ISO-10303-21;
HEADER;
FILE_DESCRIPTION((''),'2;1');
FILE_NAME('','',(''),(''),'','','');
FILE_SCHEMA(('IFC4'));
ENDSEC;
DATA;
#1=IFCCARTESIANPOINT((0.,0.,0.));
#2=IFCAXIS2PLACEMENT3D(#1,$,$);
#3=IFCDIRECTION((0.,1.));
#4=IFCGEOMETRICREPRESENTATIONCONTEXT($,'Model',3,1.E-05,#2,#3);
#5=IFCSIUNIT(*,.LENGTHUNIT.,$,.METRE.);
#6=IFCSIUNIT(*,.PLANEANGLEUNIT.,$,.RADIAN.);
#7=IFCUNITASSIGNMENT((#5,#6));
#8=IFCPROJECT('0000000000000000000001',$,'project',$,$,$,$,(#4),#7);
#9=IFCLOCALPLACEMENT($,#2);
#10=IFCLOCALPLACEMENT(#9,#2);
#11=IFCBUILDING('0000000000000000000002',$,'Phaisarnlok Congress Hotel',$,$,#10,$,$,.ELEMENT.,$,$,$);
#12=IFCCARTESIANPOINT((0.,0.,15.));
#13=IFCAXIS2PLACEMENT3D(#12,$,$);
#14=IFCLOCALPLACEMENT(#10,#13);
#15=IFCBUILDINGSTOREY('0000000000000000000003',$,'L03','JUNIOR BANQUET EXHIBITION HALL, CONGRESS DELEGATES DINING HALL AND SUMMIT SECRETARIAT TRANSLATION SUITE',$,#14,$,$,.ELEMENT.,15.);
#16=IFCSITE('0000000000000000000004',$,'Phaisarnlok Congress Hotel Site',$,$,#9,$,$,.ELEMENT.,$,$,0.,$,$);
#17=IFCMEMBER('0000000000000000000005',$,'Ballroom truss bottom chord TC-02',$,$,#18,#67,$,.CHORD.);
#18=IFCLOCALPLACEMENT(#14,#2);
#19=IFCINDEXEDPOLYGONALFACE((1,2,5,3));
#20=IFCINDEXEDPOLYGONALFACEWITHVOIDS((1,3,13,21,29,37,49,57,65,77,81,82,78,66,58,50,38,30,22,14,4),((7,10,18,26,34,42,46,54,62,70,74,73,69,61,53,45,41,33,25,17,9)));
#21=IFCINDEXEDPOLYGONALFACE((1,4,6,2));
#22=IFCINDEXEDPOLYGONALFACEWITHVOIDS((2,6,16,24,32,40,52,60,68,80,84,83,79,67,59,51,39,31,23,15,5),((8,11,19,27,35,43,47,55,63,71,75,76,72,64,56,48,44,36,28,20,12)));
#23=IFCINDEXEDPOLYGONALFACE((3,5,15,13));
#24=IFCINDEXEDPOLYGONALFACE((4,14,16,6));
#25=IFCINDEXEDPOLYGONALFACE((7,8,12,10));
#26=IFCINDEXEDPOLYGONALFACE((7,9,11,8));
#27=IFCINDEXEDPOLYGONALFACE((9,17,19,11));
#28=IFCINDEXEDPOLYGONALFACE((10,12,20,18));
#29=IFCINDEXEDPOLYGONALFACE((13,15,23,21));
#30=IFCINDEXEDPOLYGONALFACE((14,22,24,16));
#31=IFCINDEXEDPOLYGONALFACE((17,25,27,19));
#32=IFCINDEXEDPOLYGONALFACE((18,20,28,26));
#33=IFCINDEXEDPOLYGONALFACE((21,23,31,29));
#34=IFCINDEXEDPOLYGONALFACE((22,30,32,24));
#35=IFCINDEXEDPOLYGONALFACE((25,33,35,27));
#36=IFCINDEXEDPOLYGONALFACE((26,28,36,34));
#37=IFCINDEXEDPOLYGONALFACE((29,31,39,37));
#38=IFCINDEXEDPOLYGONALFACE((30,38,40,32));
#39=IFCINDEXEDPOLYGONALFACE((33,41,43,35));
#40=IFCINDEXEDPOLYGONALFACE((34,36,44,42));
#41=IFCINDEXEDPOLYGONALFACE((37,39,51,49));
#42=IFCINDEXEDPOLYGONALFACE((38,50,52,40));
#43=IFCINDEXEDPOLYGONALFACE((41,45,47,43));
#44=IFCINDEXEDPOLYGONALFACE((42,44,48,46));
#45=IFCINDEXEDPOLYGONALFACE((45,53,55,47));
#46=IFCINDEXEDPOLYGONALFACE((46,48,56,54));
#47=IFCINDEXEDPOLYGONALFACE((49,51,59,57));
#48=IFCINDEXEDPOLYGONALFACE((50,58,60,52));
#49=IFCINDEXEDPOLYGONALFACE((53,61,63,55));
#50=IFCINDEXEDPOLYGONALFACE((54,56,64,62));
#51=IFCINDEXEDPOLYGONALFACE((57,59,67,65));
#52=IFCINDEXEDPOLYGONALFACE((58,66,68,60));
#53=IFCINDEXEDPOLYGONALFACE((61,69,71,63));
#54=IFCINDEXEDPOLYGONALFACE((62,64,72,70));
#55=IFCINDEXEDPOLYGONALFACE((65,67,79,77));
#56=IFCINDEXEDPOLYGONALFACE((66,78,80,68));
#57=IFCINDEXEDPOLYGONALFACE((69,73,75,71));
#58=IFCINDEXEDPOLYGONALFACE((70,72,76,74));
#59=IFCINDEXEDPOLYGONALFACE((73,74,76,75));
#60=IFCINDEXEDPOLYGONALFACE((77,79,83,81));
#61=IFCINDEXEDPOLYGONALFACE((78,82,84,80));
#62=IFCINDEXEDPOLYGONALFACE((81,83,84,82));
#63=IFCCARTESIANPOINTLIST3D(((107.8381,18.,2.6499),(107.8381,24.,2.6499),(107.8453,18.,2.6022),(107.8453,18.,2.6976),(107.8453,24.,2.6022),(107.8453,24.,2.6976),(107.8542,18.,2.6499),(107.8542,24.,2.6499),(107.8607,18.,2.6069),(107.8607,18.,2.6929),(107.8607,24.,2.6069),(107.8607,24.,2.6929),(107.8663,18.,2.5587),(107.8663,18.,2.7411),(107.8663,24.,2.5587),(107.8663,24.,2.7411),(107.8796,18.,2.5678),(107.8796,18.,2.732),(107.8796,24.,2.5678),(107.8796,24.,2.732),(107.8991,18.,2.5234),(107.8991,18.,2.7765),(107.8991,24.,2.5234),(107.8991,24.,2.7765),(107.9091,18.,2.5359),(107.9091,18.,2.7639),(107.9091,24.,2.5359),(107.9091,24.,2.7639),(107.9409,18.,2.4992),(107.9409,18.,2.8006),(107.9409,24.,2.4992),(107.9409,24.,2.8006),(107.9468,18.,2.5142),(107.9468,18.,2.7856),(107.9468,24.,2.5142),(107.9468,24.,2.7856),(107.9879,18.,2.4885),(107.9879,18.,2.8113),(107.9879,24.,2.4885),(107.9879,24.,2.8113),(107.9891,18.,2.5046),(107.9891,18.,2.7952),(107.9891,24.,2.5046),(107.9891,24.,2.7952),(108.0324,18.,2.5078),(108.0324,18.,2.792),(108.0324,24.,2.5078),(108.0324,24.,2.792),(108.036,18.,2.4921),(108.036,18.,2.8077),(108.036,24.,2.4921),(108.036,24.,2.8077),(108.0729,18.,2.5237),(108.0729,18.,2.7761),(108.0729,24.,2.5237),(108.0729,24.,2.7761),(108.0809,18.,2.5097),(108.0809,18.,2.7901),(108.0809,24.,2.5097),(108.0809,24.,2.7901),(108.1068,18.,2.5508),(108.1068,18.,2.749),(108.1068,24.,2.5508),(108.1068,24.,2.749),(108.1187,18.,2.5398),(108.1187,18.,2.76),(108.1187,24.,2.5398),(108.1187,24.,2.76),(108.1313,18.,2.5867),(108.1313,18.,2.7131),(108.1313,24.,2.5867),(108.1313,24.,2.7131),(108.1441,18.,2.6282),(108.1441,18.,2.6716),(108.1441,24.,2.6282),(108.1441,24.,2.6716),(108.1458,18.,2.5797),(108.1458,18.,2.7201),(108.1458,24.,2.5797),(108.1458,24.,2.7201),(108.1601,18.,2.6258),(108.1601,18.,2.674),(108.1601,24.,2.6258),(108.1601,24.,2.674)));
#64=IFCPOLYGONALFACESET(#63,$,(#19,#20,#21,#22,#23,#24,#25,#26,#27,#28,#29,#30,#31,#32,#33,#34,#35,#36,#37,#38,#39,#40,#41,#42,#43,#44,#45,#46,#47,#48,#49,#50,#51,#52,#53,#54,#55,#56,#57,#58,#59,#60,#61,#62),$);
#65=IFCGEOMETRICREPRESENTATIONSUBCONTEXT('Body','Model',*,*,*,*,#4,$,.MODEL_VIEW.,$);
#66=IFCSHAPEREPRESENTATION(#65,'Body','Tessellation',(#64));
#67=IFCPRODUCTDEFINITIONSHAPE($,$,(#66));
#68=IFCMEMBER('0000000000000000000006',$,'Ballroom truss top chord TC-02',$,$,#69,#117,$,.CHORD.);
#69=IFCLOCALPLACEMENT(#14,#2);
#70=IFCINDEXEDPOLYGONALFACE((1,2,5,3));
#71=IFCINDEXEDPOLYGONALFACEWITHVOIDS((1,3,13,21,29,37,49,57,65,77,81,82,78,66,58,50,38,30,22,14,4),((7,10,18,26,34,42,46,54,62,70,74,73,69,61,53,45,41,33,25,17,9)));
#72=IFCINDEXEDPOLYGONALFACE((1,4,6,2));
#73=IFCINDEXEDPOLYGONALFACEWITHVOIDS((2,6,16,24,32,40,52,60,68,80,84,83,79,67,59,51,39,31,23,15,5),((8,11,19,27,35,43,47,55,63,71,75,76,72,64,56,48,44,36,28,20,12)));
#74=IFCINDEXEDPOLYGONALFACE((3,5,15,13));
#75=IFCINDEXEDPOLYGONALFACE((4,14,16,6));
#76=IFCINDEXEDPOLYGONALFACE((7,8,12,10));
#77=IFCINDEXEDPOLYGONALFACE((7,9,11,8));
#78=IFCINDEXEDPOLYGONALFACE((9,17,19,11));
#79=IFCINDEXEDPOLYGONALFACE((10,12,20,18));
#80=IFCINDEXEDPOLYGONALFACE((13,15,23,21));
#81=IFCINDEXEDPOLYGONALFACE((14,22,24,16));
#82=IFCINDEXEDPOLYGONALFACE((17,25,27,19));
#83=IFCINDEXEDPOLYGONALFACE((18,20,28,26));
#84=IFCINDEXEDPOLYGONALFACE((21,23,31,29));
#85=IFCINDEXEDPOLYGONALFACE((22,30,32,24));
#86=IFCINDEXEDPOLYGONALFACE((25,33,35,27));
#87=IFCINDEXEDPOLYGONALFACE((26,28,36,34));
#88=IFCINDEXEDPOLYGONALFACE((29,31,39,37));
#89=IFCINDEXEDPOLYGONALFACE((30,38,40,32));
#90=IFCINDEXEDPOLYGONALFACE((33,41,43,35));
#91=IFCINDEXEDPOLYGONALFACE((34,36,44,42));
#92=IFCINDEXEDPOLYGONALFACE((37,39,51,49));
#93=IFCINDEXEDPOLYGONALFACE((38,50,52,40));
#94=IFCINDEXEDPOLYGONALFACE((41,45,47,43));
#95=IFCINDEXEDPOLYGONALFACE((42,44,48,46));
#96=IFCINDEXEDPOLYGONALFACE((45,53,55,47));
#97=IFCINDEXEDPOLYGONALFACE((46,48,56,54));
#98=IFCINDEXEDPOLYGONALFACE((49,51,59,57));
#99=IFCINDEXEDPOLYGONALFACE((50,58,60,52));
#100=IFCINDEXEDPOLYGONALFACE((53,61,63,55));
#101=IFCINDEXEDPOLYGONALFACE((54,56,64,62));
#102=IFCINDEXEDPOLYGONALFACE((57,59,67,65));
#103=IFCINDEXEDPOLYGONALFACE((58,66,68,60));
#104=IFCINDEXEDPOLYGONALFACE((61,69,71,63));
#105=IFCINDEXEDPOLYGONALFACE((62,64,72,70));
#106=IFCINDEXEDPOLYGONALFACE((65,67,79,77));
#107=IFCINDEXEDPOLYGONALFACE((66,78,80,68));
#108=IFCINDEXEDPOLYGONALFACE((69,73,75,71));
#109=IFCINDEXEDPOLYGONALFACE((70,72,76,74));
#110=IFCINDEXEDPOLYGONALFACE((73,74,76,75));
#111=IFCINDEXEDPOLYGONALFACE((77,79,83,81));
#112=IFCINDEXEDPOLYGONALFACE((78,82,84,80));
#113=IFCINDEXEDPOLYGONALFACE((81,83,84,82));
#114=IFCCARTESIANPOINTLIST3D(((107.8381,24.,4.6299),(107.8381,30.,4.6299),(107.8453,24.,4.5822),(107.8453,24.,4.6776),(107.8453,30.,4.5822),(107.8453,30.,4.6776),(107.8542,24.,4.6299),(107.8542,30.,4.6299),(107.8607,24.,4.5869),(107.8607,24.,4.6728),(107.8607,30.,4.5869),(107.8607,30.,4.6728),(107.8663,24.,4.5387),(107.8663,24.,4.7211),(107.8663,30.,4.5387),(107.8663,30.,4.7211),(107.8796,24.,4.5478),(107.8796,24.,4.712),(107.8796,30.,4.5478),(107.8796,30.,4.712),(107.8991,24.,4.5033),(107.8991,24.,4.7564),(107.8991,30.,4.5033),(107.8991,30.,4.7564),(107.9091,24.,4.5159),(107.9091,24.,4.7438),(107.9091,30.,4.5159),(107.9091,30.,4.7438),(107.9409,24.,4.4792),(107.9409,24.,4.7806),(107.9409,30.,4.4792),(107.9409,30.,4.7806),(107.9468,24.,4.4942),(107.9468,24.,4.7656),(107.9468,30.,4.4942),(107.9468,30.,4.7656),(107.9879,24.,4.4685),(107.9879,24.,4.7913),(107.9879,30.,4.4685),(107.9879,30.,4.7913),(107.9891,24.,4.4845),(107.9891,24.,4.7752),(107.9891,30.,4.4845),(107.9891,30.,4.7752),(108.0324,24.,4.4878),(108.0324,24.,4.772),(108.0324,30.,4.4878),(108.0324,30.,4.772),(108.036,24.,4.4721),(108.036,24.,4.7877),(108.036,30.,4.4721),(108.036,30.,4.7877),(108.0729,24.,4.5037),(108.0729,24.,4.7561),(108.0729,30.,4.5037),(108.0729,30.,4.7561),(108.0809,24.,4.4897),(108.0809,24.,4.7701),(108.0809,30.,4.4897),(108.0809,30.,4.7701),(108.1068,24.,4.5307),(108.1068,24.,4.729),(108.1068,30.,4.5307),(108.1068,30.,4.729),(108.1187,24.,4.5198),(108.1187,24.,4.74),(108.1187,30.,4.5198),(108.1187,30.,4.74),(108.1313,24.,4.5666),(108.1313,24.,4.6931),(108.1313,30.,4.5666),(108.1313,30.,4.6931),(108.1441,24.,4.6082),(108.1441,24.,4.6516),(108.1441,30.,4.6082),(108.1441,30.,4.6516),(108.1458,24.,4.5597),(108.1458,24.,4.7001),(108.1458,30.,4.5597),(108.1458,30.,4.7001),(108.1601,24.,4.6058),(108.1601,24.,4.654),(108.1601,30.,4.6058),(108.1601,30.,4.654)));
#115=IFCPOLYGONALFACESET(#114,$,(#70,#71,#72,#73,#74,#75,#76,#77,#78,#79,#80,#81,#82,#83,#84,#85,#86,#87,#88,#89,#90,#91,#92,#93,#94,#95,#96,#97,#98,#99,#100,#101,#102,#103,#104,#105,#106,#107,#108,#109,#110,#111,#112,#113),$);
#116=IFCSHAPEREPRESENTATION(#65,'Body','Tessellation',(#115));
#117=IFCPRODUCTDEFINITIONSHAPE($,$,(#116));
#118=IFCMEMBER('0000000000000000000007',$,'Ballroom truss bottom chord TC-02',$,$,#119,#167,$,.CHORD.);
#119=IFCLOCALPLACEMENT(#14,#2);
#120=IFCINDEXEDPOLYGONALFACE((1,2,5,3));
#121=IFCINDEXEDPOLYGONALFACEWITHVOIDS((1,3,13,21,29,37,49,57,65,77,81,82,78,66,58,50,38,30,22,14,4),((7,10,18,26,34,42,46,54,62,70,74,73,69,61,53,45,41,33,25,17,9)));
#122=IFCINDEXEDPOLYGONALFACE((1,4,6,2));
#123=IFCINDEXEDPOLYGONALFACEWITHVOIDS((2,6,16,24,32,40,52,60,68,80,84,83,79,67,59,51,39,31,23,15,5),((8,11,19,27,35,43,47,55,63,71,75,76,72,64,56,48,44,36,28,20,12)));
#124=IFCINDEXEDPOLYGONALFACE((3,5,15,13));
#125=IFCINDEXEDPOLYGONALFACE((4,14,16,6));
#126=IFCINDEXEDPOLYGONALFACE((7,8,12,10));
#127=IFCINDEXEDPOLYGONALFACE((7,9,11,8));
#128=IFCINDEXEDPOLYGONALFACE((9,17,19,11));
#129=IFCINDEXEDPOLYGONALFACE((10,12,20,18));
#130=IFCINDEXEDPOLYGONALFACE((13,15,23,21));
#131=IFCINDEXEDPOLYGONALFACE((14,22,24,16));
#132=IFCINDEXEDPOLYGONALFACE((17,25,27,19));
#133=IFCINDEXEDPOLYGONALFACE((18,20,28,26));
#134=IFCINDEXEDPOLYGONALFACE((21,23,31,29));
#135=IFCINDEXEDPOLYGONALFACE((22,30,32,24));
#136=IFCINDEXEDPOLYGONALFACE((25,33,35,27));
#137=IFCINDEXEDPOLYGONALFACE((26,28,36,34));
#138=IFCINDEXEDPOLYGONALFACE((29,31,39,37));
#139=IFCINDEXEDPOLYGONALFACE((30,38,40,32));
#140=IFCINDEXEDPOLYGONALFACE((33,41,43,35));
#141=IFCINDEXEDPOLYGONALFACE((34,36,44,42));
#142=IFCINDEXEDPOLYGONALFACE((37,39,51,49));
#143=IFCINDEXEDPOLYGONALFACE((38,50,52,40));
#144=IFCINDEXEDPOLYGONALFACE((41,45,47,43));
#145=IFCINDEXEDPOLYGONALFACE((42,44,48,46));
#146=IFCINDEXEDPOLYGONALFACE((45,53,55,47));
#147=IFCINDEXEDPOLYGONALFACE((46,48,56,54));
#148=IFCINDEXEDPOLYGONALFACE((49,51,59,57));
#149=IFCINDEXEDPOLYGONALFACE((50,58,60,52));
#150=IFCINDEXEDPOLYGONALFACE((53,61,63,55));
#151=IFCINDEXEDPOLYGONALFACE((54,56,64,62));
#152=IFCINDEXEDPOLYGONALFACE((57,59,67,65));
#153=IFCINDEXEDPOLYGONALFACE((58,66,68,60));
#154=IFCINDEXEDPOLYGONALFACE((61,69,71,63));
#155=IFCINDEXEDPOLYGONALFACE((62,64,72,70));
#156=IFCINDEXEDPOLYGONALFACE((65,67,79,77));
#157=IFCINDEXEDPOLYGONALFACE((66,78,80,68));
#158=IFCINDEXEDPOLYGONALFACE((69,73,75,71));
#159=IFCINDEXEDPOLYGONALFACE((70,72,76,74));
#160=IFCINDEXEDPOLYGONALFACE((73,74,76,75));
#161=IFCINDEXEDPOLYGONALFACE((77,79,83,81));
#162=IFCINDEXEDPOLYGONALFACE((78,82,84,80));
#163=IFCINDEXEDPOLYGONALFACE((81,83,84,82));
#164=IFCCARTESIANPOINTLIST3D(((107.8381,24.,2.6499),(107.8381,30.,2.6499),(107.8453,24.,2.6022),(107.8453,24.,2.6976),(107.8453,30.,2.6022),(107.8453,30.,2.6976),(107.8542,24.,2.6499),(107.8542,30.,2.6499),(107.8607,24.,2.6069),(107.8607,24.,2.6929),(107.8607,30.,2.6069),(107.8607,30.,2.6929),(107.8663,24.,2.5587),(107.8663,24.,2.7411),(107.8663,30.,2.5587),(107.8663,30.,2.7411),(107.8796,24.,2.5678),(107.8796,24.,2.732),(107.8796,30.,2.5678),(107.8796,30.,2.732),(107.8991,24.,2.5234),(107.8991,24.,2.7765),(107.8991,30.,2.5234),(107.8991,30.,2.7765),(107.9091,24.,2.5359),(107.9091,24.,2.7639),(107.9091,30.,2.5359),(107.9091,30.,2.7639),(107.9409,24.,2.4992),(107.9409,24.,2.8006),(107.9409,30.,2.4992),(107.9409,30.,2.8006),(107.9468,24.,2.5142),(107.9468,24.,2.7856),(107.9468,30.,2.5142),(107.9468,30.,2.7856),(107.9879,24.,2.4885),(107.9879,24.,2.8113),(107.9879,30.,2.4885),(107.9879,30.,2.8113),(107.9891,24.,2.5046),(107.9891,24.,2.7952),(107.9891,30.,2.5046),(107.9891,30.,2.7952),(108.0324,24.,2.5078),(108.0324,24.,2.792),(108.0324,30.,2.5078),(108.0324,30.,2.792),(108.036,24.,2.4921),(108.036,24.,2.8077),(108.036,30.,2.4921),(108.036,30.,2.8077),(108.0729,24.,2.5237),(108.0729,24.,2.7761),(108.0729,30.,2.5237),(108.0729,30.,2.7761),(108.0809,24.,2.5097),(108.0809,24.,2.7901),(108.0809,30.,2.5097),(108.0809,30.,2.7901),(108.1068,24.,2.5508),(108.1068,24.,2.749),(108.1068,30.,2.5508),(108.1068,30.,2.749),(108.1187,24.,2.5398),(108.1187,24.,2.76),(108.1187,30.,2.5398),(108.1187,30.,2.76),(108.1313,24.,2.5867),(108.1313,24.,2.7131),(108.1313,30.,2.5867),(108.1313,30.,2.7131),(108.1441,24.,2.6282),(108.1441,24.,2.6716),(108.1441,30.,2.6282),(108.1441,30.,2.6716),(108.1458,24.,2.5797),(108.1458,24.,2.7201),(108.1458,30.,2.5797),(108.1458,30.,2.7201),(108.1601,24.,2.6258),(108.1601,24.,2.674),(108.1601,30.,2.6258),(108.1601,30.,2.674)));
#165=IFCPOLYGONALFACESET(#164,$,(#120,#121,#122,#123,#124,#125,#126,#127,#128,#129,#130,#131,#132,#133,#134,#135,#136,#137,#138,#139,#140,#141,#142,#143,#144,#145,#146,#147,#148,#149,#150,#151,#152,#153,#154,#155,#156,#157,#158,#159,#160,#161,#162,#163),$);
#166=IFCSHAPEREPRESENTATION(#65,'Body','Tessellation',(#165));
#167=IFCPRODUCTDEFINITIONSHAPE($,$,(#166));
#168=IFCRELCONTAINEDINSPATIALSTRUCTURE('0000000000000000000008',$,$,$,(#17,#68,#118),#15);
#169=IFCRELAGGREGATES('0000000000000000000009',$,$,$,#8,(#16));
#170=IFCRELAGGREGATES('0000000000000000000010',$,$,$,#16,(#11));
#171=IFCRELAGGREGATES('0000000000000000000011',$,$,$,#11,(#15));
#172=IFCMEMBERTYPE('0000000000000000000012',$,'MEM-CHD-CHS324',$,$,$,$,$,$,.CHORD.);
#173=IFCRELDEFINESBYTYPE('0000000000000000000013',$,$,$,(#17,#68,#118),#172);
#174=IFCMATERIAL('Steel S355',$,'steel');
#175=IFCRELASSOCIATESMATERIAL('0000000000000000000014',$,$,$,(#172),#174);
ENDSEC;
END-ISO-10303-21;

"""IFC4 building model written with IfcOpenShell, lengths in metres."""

from ifc_helpers import new_model, si_unit, direction, frame, origin, origin_2d, place, context, subcontext, project, spatial, hollow_circle, extrude, material, material_profile, profile_set, type_object, element, save


model = new_model("IFC4")

# Units and contexts
model_context = context("Model", 3, precision=1e-05, world=origin(), true_north=direction((0.0, 1.0)))
body_context = subcontext(model_context, "Body", "Model", "MODEL_VIEW")
ifc_project = project(units=[si_unit("LENGTHUNIT", "METRE"), si_unit("PLANEANGLEUNIT", "RADIAN")], contexts=[model_context])

# Site, building, storey
site_placement = place(None, origin())
site = spatial("IfcSite", under=ifc_project, at=site_placement, Name="Phaisarnlok Congress Hotel Site", CompositionType="ELEMENT", RefElevation=0.0)
building_placement = place(site_placement, origin())
building = spatial("IfcBuilding", under=site, at=building_placement, Name="Phaisarnlok Congress Hotel", CompositionType="ELEMENT")
storey_placement = place(building_placement, frame((0.0, 0.0, 15.0)))
storey = spatial("IfcBuildingStorey", under=building, at=storey_placement, Name="L03", Description="JUNIOR BANQUET EXHIBITION HALL, CONGRESS DELEGATES DINING HALL AND SUMMIT SECRETARIAT TRANSLATION SUITE", CompositionType="ELEMENT", Elevation=15.0)

# Members
ifc_material = material(Name="Steel S355", Category="steel")
ifc_material_profile_1 = material_profile(ifc_material, hollow_circle(Radius=0.1619, WallThickness=0.0161, at=origin_2d()), Name="CHS 323.9x16")
ifc_profile_set_1 = profile_set([ifc_material_profile_1], Name="Steel S355")
member_type_1 = type_object("IfcMemberType", Name="MEM-CHD-CHS324", PredefinedType="CHORD", material=ifc_profile_set_1)
for number, where, z_axis, x_axis, name in (
    (1, (108.0, 18.0, 2.6499), (0.0, 1.0, 0.0), (-1.0, 0.0, 0.0), "Ballroom truss bottom chord TC-02"),
    (2, (108.0, 24.0, 4.6299), (0.0, 1.0, 0.0), (-1.0, 0.0, 0.0), "Ballroom truss top chord TC-02"),
    (3, (108.0, 24.0, 2.6499), (0.0, 1.0, 0.0), (-1.0, 0.0, 0.0), "Ballroom truss bottom chord TC-02"),
):
    element("IfcMember", number, at=place(storey_placement, frame(where, z_axis=z_axis, x_axis=x_axis)), inside=storey, type_object=member_type_1, Name=name, PredefinedType="CHORD", context=body_context, shape_type="SweptSolid", body=[
        extrude(hollow_circle(Radius=0.1619, WallThickness=0.0161, at=origin_2d()), origin(), (0.0, 0.0, 1.0), 6.0),
    ])

save(model, "model.ifc")
